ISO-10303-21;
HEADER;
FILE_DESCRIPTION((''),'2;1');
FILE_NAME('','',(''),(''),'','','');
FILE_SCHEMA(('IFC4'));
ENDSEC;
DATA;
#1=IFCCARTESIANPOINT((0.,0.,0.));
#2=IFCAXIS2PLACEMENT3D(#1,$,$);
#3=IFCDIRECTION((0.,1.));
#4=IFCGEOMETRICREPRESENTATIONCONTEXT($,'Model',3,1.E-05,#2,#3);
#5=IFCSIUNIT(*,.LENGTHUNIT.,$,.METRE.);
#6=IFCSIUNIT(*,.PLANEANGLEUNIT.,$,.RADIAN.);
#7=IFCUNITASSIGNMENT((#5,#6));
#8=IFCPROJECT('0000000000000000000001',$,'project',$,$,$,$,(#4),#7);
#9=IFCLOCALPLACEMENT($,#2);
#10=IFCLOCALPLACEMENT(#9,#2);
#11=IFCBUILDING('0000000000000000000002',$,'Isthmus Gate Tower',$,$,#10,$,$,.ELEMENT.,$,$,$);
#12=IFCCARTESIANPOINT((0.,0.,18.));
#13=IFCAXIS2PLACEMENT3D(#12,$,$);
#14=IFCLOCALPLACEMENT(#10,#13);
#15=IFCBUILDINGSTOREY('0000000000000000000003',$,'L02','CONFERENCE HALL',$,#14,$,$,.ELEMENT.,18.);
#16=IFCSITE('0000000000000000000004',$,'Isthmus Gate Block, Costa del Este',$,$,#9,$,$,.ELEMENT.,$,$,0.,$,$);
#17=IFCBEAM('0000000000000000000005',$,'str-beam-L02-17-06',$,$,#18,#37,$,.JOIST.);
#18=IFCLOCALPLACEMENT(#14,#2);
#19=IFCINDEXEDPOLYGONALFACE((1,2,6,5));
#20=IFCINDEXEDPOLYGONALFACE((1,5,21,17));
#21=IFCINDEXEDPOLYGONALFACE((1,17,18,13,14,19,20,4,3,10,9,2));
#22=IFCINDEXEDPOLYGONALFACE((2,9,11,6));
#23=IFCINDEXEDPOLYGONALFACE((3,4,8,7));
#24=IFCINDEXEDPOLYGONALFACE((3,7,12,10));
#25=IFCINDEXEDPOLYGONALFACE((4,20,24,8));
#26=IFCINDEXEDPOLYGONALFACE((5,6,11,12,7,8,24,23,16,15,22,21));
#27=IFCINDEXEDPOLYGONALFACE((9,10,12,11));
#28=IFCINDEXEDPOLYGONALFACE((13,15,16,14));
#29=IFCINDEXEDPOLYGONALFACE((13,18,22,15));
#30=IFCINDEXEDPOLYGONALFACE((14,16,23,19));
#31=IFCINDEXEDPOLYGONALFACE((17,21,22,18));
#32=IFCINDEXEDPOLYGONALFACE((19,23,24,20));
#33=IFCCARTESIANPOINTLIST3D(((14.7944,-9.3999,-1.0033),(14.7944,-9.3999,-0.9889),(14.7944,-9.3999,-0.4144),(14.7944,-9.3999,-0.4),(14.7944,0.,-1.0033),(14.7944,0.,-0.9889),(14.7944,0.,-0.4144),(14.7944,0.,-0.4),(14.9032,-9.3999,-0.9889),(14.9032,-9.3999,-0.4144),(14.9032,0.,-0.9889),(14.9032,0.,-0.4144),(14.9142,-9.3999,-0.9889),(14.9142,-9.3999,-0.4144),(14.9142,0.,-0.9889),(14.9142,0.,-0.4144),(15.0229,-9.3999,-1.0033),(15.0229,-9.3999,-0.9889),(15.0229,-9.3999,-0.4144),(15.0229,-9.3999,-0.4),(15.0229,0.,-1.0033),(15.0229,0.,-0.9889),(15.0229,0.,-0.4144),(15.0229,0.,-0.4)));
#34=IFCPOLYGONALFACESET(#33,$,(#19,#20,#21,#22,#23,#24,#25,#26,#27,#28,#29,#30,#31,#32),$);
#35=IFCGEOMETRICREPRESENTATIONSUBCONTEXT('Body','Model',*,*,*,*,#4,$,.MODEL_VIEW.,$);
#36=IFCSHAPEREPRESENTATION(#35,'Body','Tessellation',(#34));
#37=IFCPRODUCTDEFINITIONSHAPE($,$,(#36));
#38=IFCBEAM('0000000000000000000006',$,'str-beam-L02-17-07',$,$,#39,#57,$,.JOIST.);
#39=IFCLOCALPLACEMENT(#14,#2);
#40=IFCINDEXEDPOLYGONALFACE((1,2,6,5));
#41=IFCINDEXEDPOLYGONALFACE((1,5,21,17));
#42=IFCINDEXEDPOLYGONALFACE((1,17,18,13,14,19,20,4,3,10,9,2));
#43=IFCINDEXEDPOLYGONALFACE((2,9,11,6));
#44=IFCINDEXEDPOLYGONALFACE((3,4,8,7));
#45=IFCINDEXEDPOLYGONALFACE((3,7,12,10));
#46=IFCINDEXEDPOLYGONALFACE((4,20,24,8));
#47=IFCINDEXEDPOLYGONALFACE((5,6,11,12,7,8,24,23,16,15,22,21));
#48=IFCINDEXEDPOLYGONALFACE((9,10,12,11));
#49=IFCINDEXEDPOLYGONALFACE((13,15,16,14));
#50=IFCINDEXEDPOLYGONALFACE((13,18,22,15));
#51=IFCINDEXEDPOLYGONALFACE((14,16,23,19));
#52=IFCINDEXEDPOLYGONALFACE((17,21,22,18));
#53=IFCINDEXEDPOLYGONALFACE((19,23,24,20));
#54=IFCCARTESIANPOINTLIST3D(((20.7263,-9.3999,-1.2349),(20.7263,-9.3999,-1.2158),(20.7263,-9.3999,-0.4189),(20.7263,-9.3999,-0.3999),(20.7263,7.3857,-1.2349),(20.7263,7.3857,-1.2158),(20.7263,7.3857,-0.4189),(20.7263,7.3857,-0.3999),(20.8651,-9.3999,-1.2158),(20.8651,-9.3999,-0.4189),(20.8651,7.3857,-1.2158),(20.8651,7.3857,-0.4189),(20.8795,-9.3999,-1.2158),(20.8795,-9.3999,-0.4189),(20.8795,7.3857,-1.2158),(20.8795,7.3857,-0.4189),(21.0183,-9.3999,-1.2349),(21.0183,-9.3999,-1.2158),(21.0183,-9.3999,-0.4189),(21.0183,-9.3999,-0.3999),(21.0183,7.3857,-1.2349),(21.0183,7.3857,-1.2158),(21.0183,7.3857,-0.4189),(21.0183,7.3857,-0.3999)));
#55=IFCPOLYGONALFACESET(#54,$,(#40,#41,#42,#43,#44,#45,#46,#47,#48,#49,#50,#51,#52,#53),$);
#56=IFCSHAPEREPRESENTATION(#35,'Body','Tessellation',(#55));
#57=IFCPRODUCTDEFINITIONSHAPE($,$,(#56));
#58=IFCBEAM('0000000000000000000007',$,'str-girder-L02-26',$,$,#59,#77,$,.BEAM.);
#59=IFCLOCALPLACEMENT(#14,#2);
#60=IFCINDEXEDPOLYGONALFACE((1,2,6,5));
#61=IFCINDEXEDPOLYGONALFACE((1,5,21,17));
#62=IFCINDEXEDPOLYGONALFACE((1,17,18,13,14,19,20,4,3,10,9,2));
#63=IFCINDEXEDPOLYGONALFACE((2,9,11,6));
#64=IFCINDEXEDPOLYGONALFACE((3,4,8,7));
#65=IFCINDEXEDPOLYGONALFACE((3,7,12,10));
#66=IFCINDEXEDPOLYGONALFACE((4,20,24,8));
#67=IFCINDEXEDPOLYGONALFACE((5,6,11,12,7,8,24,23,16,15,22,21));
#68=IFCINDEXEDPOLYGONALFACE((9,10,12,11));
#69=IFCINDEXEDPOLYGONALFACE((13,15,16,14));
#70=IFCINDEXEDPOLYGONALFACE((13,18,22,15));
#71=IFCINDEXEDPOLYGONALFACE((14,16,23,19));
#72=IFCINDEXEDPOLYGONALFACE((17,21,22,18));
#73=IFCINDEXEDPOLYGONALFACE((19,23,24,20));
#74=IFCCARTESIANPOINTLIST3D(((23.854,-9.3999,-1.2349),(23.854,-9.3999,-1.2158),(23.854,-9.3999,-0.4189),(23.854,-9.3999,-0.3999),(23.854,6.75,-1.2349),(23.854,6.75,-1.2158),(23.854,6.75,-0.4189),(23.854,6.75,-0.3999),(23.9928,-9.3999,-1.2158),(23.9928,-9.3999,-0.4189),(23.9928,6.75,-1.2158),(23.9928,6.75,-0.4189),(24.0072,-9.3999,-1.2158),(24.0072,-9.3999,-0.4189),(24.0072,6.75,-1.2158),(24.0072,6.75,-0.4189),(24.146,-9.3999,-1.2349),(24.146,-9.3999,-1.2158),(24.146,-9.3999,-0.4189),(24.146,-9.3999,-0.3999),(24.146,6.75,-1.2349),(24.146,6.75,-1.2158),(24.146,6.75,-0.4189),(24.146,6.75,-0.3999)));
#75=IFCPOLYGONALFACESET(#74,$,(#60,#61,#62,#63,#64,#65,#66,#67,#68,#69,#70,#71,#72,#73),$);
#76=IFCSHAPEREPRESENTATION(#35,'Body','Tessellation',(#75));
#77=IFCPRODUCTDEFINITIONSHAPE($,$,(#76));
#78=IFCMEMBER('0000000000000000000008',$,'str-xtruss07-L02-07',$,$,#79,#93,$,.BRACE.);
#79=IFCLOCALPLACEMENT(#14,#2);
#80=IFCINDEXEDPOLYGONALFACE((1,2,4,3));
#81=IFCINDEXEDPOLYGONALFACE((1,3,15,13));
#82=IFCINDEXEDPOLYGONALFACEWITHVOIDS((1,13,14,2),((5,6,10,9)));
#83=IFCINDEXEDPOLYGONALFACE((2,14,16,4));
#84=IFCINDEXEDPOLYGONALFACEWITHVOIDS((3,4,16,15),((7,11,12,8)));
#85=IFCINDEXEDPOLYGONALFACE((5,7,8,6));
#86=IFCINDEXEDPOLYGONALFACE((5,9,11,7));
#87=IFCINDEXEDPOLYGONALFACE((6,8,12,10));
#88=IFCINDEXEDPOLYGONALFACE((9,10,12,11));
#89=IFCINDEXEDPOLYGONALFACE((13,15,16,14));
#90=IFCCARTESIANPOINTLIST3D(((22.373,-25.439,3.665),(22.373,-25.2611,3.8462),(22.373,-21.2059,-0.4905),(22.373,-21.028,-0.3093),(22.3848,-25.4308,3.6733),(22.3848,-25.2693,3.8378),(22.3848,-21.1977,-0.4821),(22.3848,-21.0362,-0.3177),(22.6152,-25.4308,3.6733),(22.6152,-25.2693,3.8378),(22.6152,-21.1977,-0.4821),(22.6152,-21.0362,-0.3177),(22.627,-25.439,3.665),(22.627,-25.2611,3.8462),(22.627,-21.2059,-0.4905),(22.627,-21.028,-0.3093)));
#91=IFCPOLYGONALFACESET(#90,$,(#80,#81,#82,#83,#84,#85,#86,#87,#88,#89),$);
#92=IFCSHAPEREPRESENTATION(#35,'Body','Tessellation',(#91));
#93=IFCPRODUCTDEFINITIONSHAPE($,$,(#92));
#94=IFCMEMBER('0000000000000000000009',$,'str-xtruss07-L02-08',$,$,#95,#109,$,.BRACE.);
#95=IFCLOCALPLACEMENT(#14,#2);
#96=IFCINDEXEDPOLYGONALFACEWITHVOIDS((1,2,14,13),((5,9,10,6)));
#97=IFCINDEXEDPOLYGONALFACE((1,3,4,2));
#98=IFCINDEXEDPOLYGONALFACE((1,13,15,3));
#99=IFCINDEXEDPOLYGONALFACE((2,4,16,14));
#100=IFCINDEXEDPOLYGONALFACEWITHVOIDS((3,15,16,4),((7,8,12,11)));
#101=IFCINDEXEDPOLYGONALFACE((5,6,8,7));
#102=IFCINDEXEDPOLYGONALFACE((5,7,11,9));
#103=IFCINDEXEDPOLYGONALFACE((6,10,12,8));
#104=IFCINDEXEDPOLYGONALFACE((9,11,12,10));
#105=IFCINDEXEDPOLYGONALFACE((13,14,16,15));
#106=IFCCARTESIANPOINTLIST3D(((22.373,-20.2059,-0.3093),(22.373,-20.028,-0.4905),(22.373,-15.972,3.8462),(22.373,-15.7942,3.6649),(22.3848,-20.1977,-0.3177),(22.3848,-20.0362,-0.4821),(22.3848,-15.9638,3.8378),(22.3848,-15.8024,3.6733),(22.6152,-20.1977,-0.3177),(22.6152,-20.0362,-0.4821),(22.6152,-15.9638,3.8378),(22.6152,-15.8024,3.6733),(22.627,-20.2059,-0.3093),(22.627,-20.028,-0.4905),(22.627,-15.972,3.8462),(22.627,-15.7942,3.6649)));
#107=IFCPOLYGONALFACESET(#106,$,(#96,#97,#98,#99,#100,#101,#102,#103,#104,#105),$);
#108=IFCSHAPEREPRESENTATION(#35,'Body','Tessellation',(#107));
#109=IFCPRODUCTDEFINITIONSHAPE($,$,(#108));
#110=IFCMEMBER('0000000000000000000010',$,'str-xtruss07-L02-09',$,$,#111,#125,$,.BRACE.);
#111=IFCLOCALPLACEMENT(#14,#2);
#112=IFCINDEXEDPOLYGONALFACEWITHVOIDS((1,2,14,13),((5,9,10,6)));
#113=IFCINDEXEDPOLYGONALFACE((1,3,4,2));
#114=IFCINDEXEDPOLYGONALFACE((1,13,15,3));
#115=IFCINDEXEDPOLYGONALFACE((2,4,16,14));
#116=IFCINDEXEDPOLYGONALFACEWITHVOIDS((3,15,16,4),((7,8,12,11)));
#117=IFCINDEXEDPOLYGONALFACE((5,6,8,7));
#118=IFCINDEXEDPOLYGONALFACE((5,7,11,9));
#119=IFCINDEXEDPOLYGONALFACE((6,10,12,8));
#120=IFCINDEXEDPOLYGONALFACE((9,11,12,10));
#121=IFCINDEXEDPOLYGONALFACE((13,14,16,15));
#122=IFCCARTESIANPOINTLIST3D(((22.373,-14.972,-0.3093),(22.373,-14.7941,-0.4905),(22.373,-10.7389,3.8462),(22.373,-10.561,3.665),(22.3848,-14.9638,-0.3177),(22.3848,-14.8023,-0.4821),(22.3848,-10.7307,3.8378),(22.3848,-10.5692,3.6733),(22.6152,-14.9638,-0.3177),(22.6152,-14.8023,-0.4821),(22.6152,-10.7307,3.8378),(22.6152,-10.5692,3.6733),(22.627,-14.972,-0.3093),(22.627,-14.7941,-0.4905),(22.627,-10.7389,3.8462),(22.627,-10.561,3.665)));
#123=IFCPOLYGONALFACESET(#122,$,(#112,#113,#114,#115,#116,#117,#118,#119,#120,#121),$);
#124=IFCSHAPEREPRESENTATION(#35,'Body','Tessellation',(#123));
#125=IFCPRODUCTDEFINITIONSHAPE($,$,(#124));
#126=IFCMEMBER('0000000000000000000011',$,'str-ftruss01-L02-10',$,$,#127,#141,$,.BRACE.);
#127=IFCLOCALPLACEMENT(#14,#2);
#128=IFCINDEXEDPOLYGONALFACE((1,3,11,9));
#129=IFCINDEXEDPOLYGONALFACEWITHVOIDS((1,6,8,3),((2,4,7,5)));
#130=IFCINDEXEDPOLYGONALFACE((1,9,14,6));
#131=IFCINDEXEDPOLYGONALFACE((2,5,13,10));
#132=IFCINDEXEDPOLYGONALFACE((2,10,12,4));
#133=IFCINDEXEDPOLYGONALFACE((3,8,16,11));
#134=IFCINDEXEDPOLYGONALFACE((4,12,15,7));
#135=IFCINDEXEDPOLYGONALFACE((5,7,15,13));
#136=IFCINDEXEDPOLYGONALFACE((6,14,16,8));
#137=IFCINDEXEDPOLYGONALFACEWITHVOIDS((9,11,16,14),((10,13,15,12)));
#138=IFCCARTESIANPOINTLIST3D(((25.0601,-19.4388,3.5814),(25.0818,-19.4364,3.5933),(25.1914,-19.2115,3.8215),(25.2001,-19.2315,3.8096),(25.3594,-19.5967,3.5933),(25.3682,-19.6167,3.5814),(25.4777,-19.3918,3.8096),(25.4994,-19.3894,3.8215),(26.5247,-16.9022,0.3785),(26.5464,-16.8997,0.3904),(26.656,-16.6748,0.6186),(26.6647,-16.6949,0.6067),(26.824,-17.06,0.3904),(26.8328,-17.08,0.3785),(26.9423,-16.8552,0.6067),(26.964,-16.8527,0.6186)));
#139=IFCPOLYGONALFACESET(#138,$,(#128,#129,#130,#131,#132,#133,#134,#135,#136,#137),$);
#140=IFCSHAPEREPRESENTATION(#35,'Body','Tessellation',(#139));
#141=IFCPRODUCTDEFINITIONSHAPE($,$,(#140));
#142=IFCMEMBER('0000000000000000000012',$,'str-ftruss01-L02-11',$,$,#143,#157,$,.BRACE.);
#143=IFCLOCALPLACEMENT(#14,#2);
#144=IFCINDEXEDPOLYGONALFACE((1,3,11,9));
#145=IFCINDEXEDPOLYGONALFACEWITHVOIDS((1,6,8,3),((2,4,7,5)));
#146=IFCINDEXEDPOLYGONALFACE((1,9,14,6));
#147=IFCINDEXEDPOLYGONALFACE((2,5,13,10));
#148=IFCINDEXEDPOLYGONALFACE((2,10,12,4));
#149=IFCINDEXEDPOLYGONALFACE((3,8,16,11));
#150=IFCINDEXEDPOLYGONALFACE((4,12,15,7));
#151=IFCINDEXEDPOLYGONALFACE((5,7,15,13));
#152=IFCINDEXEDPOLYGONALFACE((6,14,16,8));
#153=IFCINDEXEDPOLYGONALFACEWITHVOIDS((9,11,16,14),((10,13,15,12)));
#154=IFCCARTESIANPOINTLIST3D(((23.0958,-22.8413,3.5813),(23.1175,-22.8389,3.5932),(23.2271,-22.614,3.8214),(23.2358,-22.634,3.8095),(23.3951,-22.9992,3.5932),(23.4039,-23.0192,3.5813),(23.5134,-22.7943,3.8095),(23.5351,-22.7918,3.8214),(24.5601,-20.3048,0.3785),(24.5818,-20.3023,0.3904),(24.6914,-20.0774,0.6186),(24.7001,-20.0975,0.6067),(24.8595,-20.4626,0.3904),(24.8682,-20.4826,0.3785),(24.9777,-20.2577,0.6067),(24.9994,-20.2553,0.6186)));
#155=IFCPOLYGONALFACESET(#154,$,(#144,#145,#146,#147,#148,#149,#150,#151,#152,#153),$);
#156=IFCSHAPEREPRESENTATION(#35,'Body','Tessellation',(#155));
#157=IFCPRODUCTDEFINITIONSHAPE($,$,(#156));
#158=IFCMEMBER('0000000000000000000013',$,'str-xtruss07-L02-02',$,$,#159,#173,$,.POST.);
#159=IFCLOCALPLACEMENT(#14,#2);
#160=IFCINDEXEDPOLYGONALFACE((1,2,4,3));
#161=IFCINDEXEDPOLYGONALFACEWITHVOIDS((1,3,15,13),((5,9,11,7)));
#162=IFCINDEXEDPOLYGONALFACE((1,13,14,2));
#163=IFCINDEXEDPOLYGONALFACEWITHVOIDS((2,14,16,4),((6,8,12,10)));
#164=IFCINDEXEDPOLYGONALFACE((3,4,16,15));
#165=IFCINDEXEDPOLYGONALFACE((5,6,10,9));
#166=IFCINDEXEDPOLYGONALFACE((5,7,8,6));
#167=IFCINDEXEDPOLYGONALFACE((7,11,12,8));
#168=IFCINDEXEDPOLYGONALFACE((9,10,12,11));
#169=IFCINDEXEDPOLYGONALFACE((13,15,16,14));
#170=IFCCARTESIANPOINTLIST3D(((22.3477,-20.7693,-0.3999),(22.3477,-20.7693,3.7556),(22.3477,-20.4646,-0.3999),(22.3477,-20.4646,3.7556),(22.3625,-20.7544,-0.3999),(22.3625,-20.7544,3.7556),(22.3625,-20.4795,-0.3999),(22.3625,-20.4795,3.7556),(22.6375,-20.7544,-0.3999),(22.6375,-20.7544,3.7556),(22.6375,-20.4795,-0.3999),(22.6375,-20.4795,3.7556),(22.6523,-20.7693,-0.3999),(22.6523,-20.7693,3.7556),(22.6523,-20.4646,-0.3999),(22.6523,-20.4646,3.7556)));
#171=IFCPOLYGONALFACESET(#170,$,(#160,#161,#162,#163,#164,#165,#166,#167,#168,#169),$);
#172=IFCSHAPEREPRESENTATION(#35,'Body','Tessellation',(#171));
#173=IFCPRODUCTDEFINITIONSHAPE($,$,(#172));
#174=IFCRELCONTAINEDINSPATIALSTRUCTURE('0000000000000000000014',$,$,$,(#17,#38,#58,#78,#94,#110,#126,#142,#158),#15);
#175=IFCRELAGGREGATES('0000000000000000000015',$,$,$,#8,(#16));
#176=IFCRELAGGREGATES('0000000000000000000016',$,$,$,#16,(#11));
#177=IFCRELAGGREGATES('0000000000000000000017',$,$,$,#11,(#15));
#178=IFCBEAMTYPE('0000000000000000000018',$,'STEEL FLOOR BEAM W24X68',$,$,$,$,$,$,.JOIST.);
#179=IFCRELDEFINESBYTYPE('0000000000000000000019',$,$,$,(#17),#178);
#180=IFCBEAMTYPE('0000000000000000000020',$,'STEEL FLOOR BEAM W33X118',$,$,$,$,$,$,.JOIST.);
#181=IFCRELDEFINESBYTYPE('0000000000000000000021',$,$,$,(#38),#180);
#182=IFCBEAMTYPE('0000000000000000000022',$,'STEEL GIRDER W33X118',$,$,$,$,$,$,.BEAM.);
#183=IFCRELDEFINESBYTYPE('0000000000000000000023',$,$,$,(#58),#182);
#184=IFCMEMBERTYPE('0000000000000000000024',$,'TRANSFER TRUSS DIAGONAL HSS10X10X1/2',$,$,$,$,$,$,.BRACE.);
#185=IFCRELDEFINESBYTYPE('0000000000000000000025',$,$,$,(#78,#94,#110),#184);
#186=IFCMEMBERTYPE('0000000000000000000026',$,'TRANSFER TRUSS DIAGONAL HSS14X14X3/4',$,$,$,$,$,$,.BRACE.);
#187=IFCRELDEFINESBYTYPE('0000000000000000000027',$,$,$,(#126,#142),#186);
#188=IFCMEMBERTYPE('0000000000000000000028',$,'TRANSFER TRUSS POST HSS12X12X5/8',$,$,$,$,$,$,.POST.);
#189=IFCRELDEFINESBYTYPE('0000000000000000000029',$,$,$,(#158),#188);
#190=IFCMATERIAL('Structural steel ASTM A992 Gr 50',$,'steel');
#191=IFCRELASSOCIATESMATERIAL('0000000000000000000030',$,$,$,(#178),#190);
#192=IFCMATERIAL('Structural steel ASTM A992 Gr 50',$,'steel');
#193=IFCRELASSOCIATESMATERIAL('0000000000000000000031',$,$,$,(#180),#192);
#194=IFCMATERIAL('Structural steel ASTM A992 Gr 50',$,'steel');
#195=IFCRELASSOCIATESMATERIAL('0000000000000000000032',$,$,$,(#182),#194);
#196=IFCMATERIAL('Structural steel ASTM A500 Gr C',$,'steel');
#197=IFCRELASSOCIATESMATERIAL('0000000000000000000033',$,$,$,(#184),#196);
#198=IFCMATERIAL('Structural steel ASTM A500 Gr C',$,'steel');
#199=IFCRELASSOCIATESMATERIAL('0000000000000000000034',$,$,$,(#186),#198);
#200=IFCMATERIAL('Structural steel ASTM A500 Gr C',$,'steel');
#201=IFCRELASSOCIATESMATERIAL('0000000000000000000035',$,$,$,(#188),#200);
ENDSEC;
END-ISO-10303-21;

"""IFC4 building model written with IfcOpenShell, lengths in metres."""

from ifc_helpers import new_model, si_unit, direction, frame, origin, origin_2d, place, context, subcontext, project, spatial, hollow_rectangle, i_section, extrude, material, material_profile, profile_set, type_object, element, save


model = new_model("IFC4")

# Units and contexts
model_context = context("Model", 3, precision=1e-05, world=origin(), true_north=direction((0.0, 1.0)))
body_context = subcontext(model_context, "Body", "Model", "MODEL_VIEW")
ifc_project = project(units=[si_unit("LENGTHUNIT", "METRE"), si_unit("PLANEANGLEUNIT", "RADIAN")], contexts=[model_context])

# Site, building, storey
site_placement = place(None, origin())
site = spatial("IfcSite", under=ifc_project, at=site_placement, Name="Isthmus Gate Block, Costa del Este", CompositionType="ELEMENT", RefElevation=0.0)
building_placement = place(site_placement, origin())
building = spatial("IfcBuilding", under=site, at=building_placement, Name="Isthmus Gate Tower", CompositionType="ELEMENT")
storey_placement = place(building_placement, frame((0.0, 0.0, 18.0)))
storey = spatial("IfcBuildingStorey", under=building, at=storey_placement, Name="L02", Description="CONFERENCE HALL", CompositionType="ELEMENT", Elevation=18.0)

# Beams
ifc_material_1 = material(Name="Structural steel ASTM A992 Gr 50", Category="steel")
ifc_material_profile_1 = material_profile(ifc_material_1, i_section(OverallWidth=0.2285, OverallDepth=0.6033, WebThickness=0.011, FlangeThickness=0.0144, at=origin_2d()), Name="W24X68")
ifc_profile_set_1 = profile_set([ifc_material_profile_1], Name="Structural steel ASTM A992 Gr 50")
beam_type_1 = type_object("IfcBeamType", Name="STEEL FLOOR BEAM W24X68", PredefinedType="JOIST", material=ifc_profile_set_1)
beam_1_placement = place(storey_placement, frame((14.9087, -9.3999, -0.7017), z_axis=(0.0, 1.0, 0.0), x_axis=(-1.0, 0.0, 0.0)))
element("IfcBeam", 1, at=beam_1_placement, inside=storey, type_object=beam_type_1, Name="str-beam-L02-17-06", PredefinedType="JOIST", context=body_context, shape_type="SweptSolid", body=[
    extrude(i_section(OverallWidth=0.2285, OverallDepth=0.6033, WebThickness=0.011, FlangeThickness=0.0144, at=origin_2d()), origin(), (0.0, 0.0, 1.0), 9.3999),
])
ifc_material_2 = material(Name="Structural steel ASTM A992 Gr 50", Category="steel")
ifc_material_profile_2 = material_profile(ifc_material_2, i_section(OverallWidth=0.292, OverallDepth=0.835, WebThickness=0.0144, FlangeThickness=0.019, at=origin_2d()), Name="W33X118")
ifc_profile_set_2 = profile_set([ifc_material_profile_2], Name="Structural steel ASTM A992 Gr 50")
beam_type_2 = type_object("IfcBeamType", Name="STEEL FLOOR BEAM W33X118", PredefinedType="JOIST", material=ifc_profile_set_2)
beam_2_placement = place(storey_placement, frame((20.8723, -9.3999, -0.8174), z_axis=(0.0, 1.0, 0.0), x_axis=(-1.0, 0.0, 0.0)))
element("IfcBeam", 2, at=beam_2_placement, inside=storey, type_object=beam_type_2, Name="str-beam-L02-17-07", PredefinedType="JOIST", context=body_context, shape_type="SweptSolid", body=[
    extrude(i_section(OverallWidth=0.292, OverallDepth=0.835, WebThickness=0.0144, FlangeThickness=0.019, at=origin_2d()), origin(), (0.0, 0.0, 1.0), 16.7856),
])
ifc_material_3 = material(Name="Structural steel ASTM A992 Gr 50", Category="steel")
ifc_material_profile_3 = material_profile(ifc_material_3, i_section(OverallWidth=0.292, OverallDepth=0.835, WebThickness=0.0144, FlangeThickness=0.019, at=origin_2d()), Name="W33X118")
ifc_profile_set_3 = profile_set([ifc_material_profile_3], Name="Structural steel ASTM A992 Gr 50")
beam_type_3 = type_object("IfcBeamType", Name="STEEL GIRDER W33X118", PredefinedType="BEAM", material=ifc_profile_set_3)
beam_3_placement = place(storey_placement, frame((24.0, -9.3999, -0.8174), z_axis=(0.0, 1.0, 0.0), x_axis=(-1.0, 0.0, 0.0)))
element("IfcBeam", 3, at=beam_3_placement, inside=storey, type_object=beam_type_3, Name="str-girder-L02-26", PredefinedType="BEAM", context=body_context, shape_type="SweptSolid", body=[
    extrude(i_section(OverallWidth=0.292, OverallDepth=0.835, WebThickness=0.0144, FlangeThickness=0.019, at=origin_2d()), origin(), (0.0, 0.0, 1.0), 16.1499),
])

# Members
ifc_material_4 = material(Name="Structural steel ASTM A500 Gr C", Category="steel")
ifc_material_profile_4 = material_profile(ifc_material_4, hollow_rectangle(XDim=0.2539, YDim=0.2539, WallThickness=0.0117, at=origin_2d()), Name="HSS10X10X1/2")
ifc_profile_set_4 = profile_set([ifc_material_profile_4], Name="Structural steel ASTM A500 Gr C")
member_type_1 = type_object("IfcMemberType", Name="TRANSFER TRUSS DIAGONAL HSS10X10X1/2", PredefinedType="BRACE", material=ifc_profile_set_4)
member_1_placement = place(storey_placement, frame((22.5, -21.1169, -0.3999), z_axis=(0.0, -0.71362, 0.700533), x_axis=(1.0, 0.0, 0.0)))
element("IfcMember", 4, at=member_1_placement, inside=storey, type_object=member_type_1, Name="str-xtruss07-L02-07", PredefinedType="BRACE", context=body_context, shape_type="SweptSolid", body=[
    extrude(hollow_rectangle(XDim=0.2539, YDim=0.2539, WallThickness=0.0117, at=origin_2d()), origin(), (0.0, 0.0, 1.0), 5.9319),
])
member_2_placement = place(storey_placement, frame((22.5, -20.1169, -0.3999), z_axis=(0.0, 0.713681, 0.700471), x_axis=(-1.0, 0.0, 0.0)))
element("IfcMember", 5, at=member_2_placement, inside=storey, type_object=member_type_1, Name="str-xtruss07-L02-08", PredefinedType="BRACE", context=body_context, shape_type="SweptSolid", body=[
    extrude(hollow_rectangle(XDim=0.2539, YDim=0.2539, WallThickness=0.0117, at=origin_2d()), origin(), (0.0, 0.0, 1.0), 5.9324),
])
member_3_placement = place(storey_placement, frame((22.5, -14.8831, -0.3999), z_axis=(0.0, 0.71362, 0.700533), x_axis=(-1.0, 0.0, 0.0)))
element("IfcMember", 6, at=member_3_placement, inside=storey, type_object=member_type_1, Name="str-xtruss07-L02-09", PredefinedType="BRACE", context=body_context, shape_type="SweptSolid", body=[
    extrude(hollow_rectangle(XDim=0.2539, YDim=0.2539, WallThickness=0.0117, at=origin_2d()), origin(), (0.0, 0.0, 1.0), 5.9319),
])
ifc_material_5 = material(Name="Structural steel ASTM A500 Gr C", Category="steel")
ifc_material_profile_5 = material_profile(ifc_material_5, hollow_rectangle(XDim=0.3557, YDim=0.3557, WallThickness=0.0176, at=origin_2d()), Name="HSS14X14X3/4")
ifc_profile_set_5 = profile_set([ifc_material_profile_5], Name="Structural steel ASTM A500 Gr C")
member_type_2 = type_object("IfcMemberType", Name="TRANSFER TRUSS DIAGONAL HSS14X14X3/4", PredefinedType="BRACE", material=ifc_profile_set_5)
member_4_placement = place(storey_placement, frame((26.7444, -16.8774, 0.4985), z_axis=(-0.337444, -0.584439, 0.737945), x_axis=(0.866013, -0.500021, 0.0)))
element("IfcMember", 7, at=member_4_placement, inside=storey, type_object=member_type_2, Name="str-ftruss01-L02-10", PredefinedType="BRACE", context=body_context, shape_type="SweptSolid", body=[
    extrude(hollow_rectangle(XDim=0.3557, YDim=0.3557, WallThickness=0.0176, at=origin_2d()), origin(), (0.0, 0.0, 1.0), 4.3403),
])
member_5_placement = place(storey_placement, frame((24.7798, -20.28, 0.4985), z_axis=(-0.337395, -0.58445, 0.737959), x_axis=(0.86605, -0.499958, 0.0)))
element("IfcMember", 8, at=member_5_placement, inside=storey, type_object=member_type_2, Name="str-ftruss01-L02-11", PredefinedType="BRACE", context=body_context, shape_type="SweptSolid", body=[
    extrude(hollow_rectangle(XDim=0.3557, YDim=0.3557, WallThickness=0.0176, at=origin_2d()), origin(), (0.0, 0.0, 1.0), 4.3401),
])
ifc_material_6 = material(Name="Structural steel ASTM A500 Gr C", Category="steel")
ifc_material_profile_6 = material_profile(ifc_material_6, hollow_rectangle(XDim=0.3047, YDim=0.3047, WallThickness=0.0149, at=origin_2d()), Name="HSS12X12X5/8")
ifc_profile_set_6 = profile_set([ifc_material_profile_6], Name="Structural steel ASTM A500 Gr C")
member_type_3 = type_object("IfcMemberType", Name="TRANSFER TRUSS POST HSS12X12X5/8", PredefinedType="POST", material=ifc_profile_set_6)
for number, where, z_axis, x_axis, name in (
    (9, (22.5, -20.6169, -0.3999), (0.0, 0.0, 1.0), (1.0, 0.0, 0.0), "str-xtruss07-L02-02"),
):
    element("IfcMember", number, at=place(storey_placement, frame(where, z_axis=z_axis, x_axis=x_axis)), inside=storey, type_object=member_type_3, Name=name, PredefinedType="POST", context=body_context, shape_type="SweptSolid", body=[
        extrude(hollow_rectangle(XDim=0.3047, YDim=0.3047, WallThickness=0.0149, at=origin_2d()), origin(), (0.0, 0.0, 1.0), 4.1555),
    ])

save(model, "model.ifc")
